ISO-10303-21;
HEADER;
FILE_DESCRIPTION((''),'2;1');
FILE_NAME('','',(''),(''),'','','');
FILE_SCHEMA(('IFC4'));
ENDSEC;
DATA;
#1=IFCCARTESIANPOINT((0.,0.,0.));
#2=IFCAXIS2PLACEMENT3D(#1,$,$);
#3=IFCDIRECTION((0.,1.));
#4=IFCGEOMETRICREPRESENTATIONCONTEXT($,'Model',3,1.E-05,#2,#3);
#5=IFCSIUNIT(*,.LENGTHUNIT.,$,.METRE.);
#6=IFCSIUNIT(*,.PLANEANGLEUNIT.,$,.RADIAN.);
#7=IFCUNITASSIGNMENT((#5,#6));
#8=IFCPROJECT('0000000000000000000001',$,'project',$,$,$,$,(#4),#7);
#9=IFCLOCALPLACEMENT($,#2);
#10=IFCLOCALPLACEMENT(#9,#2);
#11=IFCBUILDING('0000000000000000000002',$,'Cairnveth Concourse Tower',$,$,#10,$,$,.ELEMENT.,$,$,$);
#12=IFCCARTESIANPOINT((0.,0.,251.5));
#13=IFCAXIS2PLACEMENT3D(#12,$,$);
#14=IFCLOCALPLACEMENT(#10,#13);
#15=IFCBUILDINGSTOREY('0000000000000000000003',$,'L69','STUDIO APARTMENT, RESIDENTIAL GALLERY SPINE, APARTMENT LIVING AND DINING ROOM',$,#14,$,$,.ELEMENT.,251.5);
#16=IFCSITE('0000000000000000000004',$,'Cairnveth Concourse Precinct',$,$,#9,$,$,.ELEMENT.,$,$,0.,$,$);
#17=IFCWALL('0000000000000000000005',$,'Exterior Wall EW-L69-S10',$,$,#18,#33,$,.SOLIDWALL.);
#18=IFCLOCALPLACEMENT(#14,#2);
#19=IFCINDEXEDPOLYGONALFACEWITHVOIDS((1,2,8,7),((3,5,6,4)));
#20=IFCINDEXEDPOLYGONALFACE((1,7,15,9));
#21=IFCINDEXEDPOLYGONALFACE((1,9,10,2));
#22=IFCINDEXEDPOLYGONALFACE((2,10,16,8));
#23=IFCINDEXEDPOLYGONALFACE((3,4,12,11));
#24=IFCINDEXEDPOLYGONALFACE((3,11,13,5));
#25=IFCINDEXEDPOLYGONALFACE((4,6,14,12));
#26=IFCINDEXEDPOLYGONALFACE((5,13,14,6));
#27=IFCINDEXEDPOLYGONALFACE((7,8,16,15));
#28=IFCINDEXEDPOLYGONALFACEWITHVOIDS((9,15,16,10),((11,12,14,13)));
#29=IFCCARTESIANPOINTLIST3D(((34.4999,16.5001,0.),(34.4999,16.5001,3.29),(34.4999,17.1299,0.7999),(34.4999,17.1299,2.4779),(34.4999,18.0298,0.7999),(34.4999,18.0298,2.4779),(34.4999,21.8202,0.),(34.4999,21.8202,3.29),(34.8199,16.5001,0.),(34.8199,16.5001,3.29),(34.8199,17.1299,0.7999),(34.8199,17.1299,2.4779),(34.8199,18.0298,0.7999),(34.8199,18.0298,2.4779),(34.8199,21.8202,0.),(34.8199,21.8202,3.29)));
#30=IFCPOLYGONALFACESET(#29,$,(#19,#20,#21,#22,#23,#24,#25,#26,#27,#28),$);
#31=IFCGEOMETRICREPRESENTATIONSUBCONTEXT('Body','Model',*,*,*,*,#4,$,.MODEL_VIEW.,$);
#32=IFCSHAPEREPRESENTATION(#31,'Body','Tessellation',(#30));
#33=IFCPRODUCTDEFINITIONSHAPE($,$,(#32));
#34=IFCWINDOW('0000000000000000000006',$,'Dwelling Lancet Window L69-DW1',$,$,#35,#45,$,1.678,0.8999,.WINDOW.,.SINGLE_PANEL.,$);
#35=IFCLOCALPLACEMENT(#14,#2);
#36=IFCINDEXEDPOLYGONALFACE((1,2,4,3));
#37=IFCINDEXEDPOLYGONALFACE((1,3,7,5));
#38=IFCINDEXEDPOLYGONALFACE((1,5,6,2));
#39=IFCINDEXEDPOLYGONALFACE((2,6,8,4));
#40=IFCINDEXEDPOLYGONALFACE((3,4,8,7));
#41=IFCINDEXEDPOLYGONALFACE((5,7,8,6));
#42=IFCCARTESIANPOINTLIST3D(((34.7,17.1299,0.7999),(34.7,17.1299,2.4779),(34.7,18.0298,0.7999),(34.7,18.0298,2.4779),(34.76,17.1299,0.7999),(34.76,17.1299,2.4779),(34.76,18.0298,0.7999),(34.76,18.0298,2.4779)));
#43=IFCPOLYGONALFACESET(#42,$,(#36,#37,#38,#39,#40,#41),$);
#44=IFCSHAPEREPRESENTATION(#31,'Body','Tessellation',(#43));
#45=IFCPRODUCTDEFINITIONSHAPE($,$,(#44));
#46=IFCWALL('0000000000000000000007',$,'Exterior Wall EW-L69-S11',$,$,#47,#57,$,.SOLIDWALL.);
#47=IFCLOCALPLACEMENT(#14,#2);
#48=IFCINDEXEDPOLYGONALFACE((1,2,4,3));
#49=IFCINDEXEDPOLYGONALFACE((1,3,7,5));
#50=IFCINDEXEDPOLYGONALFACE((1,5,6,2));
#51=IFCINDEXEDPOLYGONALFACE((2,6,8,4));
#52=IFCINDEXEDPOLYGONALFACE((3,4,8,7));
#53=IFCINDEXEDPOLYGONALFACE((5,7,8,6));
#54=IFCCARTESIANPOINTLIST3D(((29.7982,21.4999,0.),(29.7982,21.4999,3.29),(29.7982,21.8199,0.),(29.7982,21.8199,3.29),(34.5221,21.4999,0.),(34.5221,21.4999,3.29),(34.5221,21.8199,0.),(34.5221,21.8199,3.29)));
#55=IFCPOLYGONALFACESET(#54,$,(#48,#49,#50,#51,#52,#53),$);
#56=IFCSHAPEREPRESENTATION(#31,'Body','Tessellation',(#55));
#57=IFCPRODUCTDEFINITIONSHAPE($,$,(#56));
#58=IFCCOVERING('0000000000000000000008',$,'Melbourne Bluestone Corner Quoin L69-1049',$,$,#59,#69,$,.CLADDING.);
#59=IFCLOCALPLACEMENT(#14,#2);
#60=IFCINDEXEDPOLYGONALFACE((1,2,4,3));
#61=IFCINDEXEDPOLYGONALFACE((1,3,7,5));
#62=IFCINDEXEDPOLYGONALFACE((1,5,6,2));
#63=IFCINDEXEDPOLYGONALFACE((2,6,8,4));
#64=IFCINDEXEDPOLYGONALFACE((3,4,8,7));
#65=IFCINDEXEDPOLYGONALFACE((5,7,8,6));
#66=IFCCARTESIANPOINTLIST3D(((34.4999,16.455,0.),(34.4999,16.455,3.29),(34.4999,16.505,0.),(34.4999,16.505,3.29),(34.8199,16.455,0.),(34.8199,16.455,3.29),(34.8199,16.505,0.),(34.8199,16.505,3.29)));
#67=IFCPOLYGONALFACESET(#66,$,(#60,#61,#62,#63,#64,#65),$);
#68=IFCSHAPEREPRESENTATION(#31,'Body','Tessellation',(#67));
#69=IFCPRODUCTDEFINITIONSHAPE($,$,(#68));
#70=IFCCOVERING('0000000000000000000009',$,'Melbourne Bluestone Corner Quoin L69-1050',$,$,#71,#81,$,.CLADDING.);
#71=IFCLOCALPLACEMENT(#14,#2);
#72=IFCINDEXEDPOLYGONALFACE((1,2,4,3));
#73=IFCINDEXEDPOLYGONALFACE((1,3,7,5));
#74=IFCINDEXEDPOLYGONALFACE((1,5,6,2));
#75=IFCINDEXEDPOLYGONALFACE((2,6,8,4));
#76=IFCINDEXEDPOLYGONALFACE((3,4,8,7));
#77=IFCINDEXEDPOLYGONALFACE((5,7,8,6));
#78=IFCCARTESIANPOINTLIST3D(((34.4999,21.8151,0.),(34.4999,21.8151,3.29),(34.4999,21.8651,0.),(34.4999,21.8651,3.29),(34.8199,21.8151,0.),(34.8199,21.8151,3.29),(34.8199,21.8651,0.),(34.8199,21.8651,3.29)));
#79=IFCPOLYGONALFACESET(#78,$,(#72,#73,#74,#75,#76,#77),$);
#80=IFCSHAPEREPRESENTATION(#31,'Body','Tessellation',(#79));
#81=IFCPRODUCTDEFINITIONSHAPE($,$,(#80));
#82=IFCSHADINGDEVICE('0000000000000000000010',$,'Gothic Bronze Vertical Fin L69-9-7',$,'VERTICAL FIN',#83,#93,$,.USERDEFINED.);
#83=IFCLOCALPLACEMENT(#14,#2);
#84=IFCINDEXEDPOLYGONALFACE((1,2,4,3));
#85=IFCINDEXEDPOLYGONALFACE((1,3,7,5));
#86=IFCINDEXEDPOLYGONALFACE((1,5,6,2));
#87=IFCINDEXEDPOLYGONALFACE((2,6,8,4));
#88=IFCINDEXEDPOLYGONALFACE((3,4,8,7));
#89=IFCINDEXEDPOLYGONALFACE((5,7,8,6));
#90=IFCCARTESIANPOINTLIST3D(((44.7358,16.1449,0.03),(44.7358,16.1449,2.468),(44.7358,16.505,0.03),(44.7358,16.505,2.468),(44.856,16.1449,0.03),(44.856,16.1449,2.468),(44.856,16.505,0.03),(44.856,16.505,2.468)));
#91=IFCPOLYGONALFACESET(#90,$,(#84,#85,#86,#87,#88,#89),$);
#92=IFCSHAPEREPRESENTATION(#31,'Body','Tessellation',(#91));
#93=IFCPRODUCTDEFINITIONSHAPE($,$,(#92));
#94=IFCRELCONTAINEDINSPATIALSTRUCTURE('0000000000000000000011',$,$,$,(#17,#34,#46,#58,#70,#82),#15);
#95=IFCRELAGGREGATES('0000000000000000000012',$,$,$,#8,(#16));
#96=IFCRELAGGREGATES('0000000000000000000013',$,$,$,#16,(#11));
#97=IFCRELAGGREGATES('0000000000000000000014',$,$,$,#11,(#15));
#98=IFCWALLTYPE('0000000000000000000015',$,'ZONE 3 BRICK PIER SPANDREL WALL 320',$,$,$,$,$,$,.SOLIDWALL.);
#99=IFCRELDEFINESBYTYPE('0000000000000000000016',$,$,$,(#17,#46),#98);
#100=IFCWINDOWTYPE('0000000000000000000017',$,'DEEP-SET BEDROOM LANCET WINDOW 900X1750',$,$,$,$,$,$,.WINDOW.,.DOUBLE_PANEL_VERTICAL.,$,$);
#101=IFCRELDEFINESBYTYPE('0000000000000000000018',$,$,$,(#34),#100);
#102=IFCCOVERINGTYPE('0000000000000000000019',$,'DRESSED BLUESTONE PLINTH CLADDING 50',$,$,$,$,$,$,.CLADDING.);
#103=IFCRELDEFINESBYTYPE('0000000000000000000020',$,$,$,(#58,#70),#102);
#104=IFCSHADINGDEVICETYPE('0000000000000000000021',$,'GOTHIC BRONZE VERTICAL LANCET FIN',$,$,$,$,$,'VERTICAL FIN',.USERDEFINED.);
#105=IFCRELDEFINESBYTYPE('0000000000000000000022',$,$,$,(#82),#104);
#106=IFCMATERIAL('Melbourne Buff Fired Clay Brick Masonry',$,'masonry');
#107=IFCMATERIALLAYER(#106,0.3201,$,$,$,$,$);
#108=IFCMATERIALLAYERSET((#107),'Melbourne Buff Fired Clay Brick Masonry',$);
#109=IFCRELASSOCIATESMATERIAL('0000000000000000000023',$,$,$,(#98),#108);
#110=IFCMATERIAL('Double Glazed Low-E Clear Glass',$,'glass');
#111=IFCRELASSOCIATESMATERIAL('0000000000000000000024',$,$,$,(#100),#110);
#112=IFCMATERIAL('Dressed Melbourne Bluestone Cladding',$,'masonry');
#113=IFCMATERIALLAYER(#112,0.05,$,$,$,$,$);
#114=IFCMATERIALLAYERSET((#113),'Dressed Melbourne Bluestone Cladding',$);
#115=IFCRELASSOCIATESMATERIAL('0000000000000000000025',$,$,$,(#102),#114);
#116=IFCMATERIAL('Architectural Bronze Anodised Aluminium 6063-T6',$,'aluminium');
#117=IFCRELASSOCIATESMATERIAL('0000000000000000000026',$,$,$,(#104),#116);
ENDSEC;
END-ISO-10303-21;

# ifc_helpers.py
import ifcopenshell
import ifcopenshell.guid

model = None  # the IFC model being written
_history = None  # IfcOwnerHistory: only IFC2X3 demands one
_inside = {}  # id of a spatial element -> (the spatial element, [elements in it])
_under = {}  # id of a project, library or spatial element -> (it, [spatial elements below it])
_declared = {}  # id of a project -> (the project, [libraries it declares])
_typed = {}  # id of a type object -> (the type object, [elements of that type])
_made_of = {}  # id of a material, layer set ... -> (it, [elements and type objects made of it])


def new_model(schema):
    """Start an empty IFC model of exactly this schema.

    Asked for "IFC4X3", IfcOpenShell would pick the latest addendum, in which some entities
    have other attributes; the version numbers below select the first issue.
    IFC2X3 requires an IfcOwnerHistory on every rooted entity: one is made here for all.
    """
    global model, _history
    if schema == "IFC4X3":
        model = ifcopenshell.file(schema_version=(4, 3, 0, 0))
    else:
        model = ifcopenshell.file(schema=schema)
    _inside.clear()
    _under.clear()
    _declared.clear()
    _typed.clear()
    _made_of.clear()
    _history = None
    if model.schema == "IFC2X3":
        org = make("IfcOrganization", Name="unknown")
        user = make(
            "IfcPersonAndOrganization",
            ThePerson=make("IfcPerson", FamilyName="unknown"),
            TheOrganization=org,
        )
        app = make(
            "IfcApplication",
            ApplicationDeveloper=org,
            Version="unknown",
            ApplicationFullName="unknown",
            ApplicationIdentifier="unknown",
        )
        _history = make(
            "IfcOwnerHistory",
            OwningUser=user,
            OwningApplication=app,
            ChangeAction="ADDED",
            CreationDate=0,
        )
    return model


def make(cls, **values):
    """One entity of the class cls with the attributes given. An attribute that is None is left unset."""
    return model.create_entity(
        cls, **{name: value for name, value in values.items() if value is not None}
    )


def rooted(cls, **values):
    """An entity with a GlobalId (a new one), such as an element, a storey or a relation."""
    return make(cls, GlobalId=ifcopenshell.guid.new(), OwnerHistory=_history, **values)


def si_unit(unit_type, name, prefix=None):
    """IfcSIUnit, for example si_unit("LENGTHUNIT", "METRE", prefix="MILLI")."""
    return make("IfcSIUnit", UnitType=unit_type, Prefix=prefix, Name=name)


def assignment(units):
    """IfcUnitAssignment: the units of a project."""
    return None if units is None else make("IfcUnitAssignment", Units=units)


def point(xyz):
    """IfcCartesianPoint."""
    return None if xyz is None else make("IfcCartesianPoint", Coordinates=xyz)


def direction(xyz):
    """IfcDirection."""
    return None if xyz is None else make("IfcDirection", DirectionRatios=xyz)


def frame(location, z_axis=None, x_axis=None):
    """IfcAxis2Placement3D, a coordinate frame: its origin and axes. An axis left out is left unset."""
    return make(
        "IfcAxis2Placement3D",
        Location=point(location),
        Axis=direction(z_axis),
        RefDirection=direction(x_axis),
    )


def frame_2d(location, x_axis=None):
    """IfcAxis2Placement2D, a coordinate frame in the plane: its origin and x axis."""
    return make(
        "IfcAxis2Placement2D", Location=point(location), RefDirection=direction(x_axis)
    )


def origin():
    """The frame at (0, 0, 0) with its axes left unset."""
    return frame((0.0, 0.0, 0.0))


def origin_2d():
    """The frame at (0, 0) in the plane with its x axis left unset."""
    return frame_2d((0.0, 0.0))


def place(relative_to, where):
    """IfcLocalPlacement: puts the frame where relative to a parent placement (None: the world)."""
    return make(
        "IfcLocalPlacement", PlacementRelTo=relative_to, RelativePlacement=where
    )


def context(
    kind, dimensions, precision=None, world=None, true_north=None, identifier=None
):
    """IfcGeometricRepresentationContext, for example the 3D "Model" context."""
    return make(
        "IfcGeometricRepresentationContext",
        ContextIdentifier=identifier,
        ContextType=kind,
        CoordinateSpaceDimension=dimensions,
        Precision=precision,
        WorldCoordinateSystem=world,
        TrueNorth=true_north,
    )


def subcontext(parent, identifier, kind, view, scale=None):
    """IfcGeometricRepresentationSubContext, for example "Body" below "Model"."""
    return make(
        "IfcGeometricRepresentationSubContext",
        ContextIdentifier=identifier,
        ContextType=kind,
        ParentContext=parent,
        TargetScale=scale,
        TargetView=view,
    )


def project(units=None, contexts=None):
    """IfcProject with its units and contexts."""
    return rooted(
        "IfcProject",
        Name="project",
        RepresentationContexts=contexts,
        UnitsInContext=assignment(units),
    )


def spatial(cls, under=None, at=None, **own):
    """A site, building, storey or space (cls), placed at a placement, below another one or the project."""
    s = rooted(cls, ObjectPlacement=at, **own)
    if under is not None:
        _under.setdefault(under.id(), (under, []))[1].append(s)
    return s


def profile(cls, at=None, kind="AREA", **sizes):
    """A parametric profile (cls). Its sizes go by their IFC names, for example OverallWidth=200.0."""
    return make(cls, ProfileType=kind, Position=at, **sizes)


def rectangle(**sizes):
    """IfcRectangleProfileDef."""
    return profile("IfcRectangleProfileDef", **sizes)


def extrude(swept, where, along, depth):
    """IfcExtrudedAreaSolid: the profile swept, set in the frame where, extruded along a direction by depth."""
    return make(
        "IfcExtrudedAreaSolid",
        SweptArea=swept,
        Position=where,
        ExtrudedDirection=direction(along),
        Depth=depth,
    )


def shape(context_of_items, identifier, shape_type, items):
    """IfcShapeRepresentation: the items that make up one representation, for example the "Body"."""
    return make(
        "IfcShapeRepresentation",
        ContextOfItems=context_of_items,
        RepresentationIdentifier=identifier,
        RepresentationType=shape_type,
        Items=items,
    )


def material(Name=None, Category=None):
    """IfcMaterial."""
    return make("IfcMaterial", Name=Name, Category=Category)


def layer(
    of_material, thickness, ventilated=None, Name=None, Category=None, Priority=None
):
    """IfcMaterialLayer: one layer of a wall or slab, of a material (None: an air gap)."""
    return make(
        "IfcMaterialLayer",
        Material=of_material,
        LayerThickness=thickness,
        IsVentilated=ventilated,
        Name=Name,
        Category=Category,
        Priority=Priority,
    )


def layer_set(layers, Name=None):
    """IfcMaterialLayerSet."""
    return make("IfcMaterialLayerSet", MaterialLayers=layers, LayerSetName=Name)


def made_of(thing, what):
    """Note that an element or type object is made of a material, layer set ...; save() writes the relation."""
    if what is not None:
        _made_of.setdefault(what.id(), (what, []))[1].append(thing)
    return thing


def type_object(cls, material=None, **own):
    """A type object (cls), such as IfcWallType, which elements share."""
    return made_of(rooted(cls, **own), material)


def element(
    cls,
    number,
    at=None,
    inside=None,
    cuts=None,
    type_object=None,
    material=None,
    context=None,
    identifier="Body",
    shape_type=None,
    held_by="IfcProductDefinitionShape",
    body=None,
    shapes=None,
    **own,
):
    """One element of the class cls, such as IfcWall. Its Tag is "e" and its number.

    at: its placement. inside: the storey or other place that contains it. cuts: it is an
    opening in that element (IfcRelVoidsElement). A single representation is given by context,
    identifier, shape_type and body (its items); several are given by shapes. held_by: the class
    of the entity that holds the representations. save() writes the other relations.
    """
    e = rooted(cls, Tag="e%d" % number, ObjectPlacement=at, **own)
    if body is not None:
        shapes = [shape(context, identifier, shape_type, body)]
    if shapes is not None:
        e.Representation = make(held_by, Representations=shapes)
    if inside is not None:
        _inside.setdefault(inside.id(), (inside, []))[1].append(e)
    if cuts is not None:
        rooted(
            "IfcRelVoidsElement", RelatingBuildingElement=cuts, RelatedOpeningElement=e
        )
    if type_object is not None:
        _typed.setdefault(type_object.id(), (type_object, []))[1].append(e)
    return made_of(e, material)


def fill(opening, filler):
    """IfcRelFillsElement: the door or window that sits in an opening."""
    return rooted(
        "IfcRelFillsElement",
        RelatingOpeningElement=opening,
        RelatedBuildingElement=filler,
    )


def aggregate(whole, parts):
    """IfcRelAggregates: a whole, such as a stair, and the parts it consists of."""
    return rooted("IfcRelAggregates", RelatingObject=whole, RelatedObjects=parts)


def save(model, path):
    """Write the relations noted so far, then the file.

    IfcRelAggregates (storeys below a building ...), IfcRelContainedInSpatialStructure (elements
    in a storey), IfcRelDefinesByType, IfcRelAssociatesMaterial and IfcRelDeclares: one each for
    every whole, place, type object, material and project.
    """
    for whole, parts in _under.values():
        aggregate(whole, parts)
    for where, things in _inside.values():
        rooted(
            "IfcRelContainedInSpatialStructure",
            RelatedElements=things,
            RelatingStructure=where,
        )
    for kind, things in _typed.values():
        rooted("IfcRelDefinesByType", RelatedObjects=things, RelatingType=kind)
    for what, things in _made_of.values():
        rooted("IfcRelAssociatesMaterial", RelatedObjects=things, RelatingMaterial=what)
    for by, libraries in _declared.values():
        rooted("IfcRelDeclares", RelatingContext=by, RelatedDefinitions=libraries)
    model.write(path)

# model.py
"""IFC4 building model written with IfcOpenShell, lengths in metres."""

from ifc_helpers import new_model, si_unit, direction, frame, frame_2d, origin, origin_2d, place, context, subcontext, project, spatial, rectangle, extrude, material, layer, layer_set, type_object, element, fill, save


model = new_model("IFC4")

# Units and contexts
model_context = context("Model", 3, precision=1e-05, world=origin(), true_north=direction((0.0, 1.0)))
body_context = subcontext(model_context, "Body", "Model", "MODEL_VIEW")
ifc_project = project(units=[si_unit("LENGTHUNIT", "METRE"), si_unit("PLANEANGLEUNIT", "RADIAN")], contexts=[model_context])

# Site, building, storey
site_placement = place(None, origin())
site = spatial("IfcSite", under=ifc_project, at=site_placement, Name="Cairnveth Concourse Precinct", CompositionType="ELEMENT", RefElevation=0.0)
building_placement = place(site_placement, origin())
building = spatial("IfcBuilding", under=site, at=building_placement, Name="Cairnveth Concourse Tower", CompositionType="ELEMENT")
storey_placement = place(building_placement, frame((0.0, 0.0, 251.5)))
storey = spatial("IfcBuildingStorey", under=building, at=storey_placement, Name="L69", Description="STUDIO APARTMENT, RESIDENTIAL GALLERY SPINE, APARTMENT LIVING AND DINING ROOM", CompositionType="ELEMENT", Elevation=251.5)

# Wall, opening, window
ifc_material_1 = material(Name="Melbourne Buff Fired Clay Brick Masonry", Category="masonry")
ifc_layer_1 = layer(ifc_material_1, 0.3201)
ifc_layer_set_1 = layer_set([ifc_layer_1], Name="Melbourne Buff Fired Clay Brick Masonry")
wall_type_1 = type_object("IfcWallType", Name="ZONE 3 BRICK PIER SPANDREL WALL 320", PredefinedType="SOLIDWALL", material=ifc_layer_set_1)
wall_1_placement = place(storey_placement, frame((34.6599, 16.5, 0.0), z_axis=(0.0, 0.0, 1.0), x_axis=(0.0, 1.0, 0.0)))
wall_1 = element("IfcWall", 1, at=wall_1_placement, inside=storey, type_object=wall_type_1, Name="Exterior Wall EW-L69-S10", PredefinedType="SOLIDWALL", context=body_context, shape_type="SweptSolid", body=[
    extrude(rectangle(XDim=5.3201, YDim=0.3201, at=frame_2d((2.6602, 0.0))), origin(), (0.0, 0.0, 1.0), 3.29),
])
opening_1_placement = place(wall_1_placement, frame((0.6299, 0.0, 0.8)))
opening_1 = element("IfcOpeningElement", 2, at=opening_1_placement, cuts=wall_1, PredefinedType="OPENING", context=body_context, shape_type="SweptSolid", body=[
    extrude(rectangle(XDim=0.8999, YDim=1.678, at=frame_2d((0.45, 0.8389))), frame((0.0, 0.1699, 0.0), z_axis=(0.0, -1.0, 0.0), x_axis=(1.0, 0.0, 0.0)), (0.0, 0.0, 1.0), 0.3401),
])
ifc_material_2 = material(Name="Double Glazed Low-E Clear Glass", Category="glass")
window_type = type_object("IfcWindowType", Name="DEEP-SET BEDROOM LANCET WINDOW 900X1750", PartitioningType="DOUBLE_PANEL_VERTICAL", PredefinedType="WINDOW", material=ifc_material_2)
window_placement = place(opening_1_placement, origin())
window = element("IfcWindow", 3, at=window_placement, inside=storey, type_object=window_type, Name="Dwelling Lancet Window L69-DW1", OverallHeight=1.678, OverallWidth=0.8999, PartitioningType="SINGLE_PANEL", PredefinedType="WINDOW", context=body_context, shape_type="SweptSolid", body=[
    extrude(rectangle(XDim=0.8999, YDim=1.678, at=frame_2d((0.45, 0.8389))), frame((0.0, -0.04, 0.0), z_axis=(0.0, -1.0, 0.0), x_axis=(1.0, 0.0, 0.0)), (0.0, 0.0, 1.0), 0.0601),
])
fill(opening_1, window)

# Wall
wall_2_placement = place(storey_placement, frame((34.522, 21.6599, 0.0), z_axis=(0.0, 0.0, 1.0), x_axis=(-1.0, 0.0, 0.0)))
element("IfcWall", 4, at=wall_2_placement, inside=storey, type_object=wall_type_1, Name="Exterior Wall EW-L69-S11", PredefinedType="SOLIDWALL", context=body_context, shape_type="SweptSolid", body=[
    extrude(rectangle(XDim=4.7239, YDim=0.3201, at=frame_2d((2.3618, 0.0))), origin(), (0.0, 0.0, 1.0), 3.29),
])

# Coverings
ifc_material_3 = material(Name="Dressed Melbourne Bluestone Cladding", Category="masonry")
ifc_layer_2 = layer(ifc_material_3, 0.05)
ifc_layer_set_2 = layer_set([ifc_layer_2], Name="Dressed Melbourne Bluestone Cladding")
covering_type = type_object("IfcCoveringType", Name="DRESSED BLUESTONE PLINTH CLADDING 50", PredefinedType="CLADDING", material=ifc_layer_set_2)
for number, where, z_axis, x_axis, name in (
    (5, (34.8201, 16.48, 0.0), (0.0, 0.0, 1.0), (-1.0, 0.0, 0.0), "Melbourne Bluestone Corner Quoin L69-1049"),
    (6, (34.8201, 21.8401, 0.0), (0.0, 0.0, 1.0), (-1.0, 0.0, 0.0), "Melbourne Bluestone Corner Quoin L69-1050"),
):
    element("IfcCovering", number, at=place(storey_placement, frame(where, z_axis=z_axis, x_axis=x_axis)), inside=storey, type_object=covering_type, Name=name, PredefinedType="CLADDING", context=body_context, shape_type="SweptSolid", body=[
        extrude(rectangle(XDim=0.3201, YDim=0.05, at=frame_2d((0.1602, 0.0))), origin(), (0.0, 0.0, 1.0), 3.29),
    ])

# Shading device
ifc_material_4 = material(Name="Architectural Bronze Anodised Aluminium 6063-T6", Category="aluminium")
shading_device_type = type_object("IfcShadingDeviceType", Name="GOTHIC BRONZE VERTICAL LANCET FIN", ElementType="VERTICAL FIN", PredefinedType="USERDEFINED", material=ifc_material_4)
shading_device_placement = place(storey_placement, frame((44.7959, 16.325, 0.03), z_axis=(0.0, 0.0, 1.0), x_axis=(1.0, 0.0, 0.0)))
element("IfcShadingDevice", 7, at=shading_device_placement, inside=storey, type_object=shading_device_type, Name="Gothic Bronze Vertical Fin L69-9-7", ObjectType="VERTICAL FIN", PredefinedType="USERDEFINED", context=body_context, shape_type="SweptSolid", body=[
    extrude(rectangle(XDim=0.1201, YDim=0.3601, at=origin_2d()), origin(), (0.0, 0.0, 1.0), 2.438),
])

save(model, "model.ifc")
